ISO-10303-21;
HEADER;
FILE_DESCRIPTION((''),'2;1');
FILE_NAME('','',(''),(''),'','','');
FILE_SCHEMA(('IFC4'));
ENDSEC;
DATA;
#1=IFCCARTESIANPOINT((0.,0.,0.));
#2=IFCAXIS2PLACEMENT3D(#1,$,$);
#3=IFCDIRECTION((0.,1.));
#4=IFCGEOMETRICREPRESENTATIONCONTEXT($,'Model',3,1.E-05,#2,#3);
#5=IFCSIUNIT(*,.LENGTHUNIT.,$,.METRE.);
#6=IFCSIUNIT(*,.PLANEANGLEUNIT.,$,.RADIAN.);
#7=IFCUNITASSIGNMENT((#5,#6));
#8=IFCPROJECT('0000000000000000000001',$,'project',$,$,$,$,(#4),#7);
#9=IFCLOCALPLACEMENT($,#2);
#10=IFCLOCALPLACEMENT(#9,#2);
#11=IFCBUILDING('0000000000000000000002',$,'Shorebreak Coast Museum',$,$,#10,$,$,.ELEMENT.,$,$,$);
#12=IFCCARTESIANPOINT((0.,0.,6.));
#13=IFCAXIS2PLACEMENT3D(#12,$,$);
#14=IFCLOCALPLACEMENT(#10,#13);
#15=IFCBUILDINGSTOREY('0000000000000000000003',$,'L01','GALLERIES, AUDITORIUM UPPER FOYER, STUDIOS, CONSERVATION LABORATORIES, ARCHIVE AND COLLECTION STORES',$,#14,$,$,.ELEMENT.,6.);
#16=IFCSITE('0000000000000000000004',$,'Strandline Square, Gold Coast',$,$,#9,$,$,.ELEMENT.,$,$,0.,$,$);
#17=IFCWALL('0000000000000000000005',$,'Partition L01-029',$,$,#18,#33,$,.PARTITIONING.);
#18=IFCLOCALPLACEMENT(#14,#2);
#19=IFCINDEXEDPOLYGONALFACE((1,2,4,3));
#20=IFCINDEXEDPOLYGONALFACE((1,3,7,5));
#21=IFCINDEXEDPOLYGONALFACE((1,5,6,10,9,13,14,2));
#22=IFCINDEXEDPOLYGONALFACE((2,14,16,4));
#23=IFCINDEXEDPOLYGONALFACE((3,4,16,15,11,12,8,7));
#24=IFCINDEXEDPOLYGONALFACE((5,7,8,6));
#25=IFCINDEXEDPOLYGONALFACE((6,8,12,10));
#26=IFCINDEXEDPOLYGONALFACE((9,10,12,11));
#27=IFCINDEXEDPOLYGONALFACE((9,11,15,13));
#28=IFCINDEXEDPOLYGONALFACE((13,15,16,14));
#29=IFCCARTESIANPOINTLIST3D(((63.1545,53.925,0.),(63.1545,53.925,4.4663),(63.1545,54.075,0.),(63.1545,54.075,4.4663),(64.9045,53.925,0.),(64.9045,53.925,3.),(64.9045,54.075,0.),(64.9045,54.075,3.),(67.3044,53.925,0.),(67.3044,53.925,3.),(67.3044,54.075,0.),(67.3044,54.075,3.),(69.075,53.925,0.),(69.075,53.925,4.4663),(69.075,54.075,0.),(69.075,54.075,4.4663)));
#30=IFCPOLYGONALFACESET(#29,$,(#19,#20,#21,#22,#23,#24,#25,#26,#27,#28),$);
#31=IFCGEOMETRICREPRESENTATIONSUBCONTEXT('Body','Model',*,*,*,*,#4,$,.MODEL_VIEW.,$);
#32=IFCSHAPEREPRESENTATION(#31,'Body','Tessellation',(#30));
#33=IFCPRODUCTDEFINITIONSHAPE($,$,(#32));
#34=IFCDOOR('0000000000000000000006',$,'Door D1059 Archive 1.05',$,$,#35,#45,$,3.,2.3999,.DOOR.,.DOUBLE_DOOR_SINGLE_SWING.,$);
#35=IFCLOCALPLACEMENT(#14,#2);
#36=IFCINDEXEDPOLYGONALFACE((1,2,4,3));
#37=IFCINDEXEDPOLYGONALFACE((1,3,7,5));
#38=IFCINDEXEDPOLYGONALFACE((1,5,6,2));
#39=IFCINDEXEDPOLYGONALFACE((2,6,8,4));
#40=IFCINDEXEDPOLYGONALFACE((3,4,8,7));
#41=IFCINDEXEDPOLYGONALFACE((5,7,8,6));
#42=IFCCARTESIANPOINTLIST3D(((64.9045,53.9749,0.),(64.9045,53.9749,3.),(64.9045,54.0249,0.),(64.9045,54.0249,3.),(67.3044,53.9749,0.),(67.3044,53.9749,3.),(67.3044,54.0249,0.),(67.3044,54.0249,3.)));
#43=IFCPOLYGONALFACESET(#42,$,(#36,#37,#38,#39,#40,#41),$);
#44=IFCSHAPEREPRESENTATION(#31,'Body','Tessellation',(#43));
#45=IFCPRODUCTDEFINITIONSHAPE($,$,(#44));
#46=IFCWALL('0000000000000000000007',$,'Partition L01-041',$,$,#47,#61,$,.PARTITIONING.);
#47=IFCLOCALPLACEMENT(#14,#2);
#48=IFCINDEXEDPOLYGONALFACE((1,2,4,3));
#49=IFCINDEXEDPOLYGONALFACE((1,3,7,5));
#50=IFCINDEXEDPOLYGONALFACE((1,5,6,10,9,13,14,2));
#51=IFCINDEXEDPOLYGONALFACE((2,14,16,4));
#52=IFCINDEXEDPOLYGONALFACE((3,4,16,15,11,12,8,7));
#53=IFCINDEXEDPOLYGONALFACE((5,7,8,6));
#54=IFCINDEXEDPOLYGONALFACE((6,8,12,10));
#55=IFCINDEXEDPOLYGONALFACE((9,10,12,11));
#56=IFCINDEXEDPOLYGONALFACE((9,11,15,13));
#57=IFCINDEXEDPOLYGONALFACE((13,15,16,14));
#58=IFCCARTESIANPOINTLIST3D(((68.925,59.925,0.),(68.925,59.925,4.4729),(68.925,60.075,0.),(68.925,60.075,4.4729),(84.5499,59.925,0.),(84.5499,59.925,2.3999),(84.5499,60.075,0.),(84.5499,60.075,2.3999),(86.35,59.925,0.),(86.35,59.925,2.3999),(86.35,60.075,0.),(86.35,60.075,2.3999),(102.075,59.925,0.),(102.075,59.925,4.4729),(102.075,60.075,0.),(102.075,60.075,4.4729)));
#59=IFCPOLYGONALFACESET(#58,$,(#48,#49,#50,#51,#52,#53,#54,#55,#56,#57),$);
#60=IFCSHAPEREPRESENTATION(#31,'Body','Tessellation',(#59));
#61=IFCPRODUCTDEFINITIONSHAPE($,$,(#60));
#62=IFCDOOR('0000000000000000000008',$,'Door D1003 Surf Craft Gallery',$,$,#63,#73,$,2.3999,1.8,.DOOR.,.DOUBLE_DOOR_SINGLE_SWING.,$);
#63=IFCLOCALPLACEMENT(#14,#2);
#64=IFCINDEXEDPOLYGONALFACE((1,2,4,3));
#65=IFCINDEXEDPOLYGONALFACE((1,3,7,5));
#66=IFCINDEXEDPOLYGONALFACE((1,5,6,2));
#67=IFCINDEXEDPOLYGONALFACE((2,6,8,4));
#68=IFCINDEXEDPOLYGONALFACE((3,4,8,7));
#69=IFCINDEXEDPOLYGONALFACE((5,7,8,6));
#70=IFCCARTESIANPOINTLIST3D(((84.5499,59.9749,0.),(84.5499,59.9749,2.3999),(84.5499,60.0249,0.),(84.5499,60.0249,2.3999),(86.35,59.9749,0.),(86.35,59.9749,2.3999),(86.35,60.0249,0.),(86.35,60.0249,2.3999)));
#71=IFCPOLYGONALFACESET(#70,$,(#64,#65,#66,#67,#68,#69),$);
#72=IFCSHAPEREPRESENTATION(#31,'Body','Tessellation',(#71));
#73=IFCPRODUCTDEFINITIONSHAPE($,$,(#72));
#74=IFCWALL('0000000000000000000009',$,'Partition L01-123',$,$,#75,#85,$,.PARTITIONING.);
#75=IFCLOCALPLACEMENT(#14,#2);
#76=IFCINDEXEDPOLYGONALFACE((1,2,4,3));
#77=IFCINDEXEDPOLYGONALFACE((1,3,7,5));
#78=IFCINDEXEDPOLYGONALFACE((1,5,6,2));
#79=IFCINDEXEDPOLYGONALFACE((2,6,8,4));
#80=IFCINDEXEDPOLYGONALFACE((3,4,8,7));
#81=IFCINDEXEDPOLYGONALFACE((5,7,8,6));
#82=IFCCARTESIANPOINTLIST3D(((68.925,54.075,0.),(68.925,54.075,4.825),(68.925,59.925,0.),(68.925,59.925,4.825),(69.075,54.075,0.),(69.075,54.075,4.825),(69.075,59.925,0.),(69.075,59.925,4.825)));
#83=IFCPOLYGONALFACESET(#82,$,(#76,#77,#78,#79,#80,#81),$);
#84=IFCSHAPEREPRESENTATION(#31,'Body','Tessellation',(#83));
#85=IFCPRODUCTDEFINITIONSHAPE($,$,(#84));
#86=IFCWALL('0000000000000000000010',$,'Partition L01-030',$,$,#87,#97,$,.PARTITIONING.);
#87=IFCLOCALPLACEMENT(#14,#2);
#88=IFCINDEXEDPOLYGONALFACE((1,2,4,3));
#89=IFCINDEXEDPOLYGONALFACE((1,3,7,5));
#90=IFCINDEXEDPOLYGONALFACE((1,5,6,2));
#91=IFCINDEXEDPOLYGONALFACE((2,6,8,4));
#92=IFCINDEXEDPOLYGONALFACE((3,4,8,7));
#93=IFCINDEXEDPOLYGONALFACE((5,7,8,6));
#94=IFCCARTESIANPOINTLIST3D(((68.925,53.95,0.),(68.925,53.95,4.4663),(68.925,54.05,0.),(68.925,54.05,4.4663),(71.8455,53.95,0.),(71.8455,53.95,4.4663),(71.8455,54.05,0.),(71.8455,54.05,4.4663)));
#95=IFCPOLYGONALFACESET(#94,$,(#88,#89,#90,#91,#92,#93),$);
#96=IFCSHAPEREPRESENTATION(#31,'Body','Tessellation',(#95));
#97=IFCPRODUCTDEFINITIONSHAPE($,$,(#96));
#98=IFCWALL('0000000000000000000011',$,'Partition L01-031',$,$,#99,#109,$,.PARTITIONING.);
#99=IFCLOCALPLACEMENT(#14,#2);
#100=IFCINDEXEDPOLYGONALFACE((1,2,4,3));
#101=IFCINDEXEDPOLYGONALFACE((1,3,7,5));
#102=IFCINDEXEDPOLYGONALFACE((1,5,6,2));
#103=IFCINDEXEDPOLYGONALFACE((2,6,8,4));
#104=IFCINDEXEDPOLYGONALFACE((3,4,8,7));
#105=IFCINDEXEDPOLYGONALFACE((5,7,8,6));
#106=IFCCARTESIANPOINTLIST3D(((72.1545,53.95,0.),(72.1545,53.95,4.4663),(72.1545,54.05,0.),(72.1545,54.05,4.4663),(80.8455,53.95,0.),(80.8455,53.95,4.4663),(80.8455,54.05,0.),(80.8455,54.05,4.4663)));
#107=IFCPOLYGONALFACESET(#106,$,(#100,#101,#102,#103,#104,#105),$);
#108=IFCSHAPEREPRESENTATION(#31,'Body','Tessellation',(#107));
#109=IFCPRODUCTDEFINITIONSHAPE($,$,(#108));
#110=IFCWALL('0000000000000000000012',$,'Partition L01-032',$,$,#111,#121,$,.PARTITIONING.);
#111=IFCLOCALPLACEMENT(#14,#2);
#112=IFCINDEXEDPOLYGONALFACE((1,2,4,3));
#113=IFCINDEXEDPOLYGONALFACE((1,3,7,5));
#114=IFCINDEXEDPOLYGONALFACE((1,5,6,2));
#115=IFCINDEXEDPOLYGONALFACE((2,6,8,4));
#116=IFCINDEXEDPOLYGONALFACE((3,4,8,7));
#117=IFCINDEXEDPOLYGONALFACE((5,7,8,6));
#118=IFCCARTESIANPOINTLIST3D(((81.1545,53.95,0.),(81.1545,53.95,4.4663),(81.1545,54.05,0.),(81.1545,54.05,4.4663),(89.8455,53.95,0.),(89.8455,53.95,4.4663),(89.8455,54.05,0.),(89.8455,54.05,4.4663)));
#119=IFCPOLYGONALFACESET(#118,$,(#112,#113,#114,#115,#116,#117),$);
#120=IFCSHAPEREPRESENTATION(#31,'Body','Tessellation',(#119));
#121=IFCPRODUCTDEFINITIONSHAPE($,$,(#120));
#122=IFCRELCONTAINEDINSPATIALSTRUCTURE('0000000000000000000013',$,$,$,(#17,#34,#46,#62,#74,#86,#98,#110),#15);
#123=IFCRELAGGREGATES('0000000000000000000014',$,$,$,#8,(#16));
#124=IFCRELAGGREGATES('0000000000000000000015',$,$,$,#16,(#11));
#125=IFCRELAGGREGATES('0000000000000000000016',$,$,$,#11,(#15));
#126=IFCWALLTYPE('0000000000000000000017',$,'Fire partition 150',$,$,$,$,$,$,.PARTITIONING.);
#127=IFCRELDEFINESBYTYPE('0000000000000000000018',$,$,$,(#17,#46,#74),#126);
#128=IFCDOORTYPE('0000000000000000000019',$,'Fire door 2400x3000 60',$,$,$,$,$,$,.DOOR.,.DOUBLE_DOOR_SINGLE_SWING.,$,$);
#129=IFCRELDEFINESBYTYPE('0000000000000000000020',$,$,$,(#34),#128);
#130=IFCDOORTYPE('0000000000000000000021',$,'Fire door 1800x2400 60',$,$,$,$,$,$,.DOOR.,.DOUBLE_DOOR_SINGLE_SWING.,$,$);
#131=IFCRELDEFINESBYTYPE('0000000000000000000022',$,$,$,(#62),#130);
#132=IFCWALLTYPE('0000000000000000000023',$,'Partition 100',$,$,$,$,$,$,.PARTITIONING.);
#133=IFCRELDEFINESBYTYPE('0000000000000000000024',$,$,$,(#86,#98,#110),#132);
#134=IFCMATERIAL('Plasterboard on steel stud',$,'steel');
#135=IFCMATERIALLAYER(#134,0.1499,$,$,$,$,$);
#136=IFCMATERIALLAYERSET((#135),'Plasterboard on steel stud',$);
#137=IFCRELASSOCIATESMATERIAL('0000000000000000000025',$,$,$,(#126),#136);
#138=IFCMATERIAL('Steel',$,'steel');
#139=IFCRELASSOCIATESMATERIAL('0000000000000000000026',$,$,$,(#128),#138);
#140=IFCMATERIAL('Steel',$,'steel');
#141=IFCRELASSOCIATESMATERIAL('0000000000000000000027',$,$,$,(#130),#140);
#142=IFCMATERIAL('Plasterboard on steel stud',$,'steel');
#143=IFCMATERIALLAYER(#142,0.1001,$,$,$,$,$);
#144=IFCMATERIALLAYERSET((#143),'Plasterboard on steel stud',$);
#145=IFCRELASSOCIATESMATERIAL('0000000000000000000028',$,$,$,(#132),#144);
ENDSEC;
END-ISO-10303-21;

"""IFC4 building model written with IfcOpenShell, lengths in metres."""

from ifc_helpers import new_model, si_unit, direction, frame, frame_2d, origin, place, context, subcontext, project, spatial, rectangle, extrude, material, layer, layer_set, type_object, element, fill, save


model = new_model("IFC4")

# Units and contexts
model_context = context("Model", 3, precision=1e-05, world=origin(), true_north=direction((0.0, 1.0)))
body_context = subcontext(model_context, "Body", "Model", "MODEL_VIEW")
ifc_project = project(units=[si_unit("LENGTHUNIT", "METRE"), si_unit("PLANEANGLEUNIT", "RADIAN")], contexts=[model_context])

# Site, building, storey
site_placement = place(None, origin())
site = spatial("IfcSite", under=ifc_project, at=site_placement, Name="Strandline Square, Gold Coast", CompositionType="ELEMENT", RefElevation=0.0)
building_placement = place(site_placement, origin())
building = spatial("IfcBuilding", under=site, at=building_placement, Name="Shorebreak Coast Museum", CompositionType="ELEMENT")
storey_placement = place(building_placement, frame((0.0, 0.0, 6.0)))
storey = spatial("IfcBuildingStorey", under=building, at=storey_placement, Name="L01", Description="GALLERIES, AUDITORIUM UPPER FOYER, STUDIOS, CONSERVATION LABORATORIES, ARCHIVE AND COLLECTION STORES", CompositionType="ELEMENT", Elevation=6.0)

# Walls, openings, doors
ifc_material_1 = material(Name="Plasterboard on steel stud", Category="steel")
ifc_layer_1 = layer(ifc_material_1, 0.1499)
ifc_layer_set_1 = layer_set([ifc_layer_1], Name="Plasterboard on steel stud")
wall_type_1 = type_object("IfcWallType", Name="Fire partition 150", PredefinedType="PARTITIONING", material=ifc_layer_set_1)
wall_1_placement = place(storey_placement, frame((63.1545, 54.0, 0.0), z_axis=(0.0, 0.0, 1.0), x_axis=(1.0, 0.0, 0.0)))
wall_1 = element("IfcWall", 1, at=wall_1_placement, inside=storey, type_object=wall_type_1, Name="Partition L01-029", PredefinedType="PARTITIONING", context=body_context, shape_type="SweptSolid", body=[
    extrude(rectangle(XDim=5.9204, YDim=0.1499, at=frame_2d((2.9602, 0.0))), origin(), (0.0, 0.0, 1.0), 4.4663),
])
opening_1_placement = place(wall_1_placement, frame((1.75, 0.0, 0.0)))
opening_1 = element("IfcOpeningElement", 2, at=opening_1_placement, cuts=wall_1, PredefinedType="OPENING", context=body_context, shape_type="SweptSolid", body=[
    extrude(rectangle(XDim=2.3999, YDim=3.0, at=frame_2d((1.2, 1.5))), frame((0.0, 0.085, 0.0), z_axis=(0.0, -1.0, 0.0), x_axis=(1.0, 0.0, 0.0)), (0.0, 0.0, 1.0), 0.1699),
])
ifc_material_2 = material(Name="Steel", Category="steel")
door_type_1 = type_object("IfcDoorType", Name="Fire door 2400x3000 60", OperationType="DOUBLE_DOOR_SINGLE_SWING", PredefinedType="DOOR", material=ifc_material_2)
door_1_placement = place(opening_1_placement, origin())
door_1 = element("IfcDoor", 3, at=door_1_placement, inside=storey, type_object=door_type_1, Name="Door D1059 Archive 1.05", OperationType="DOUBLE_DOOR_SINGLE_SWING", OverallHeight=3.0, OverallWidth=2.3999, PredefinedType="DOOR", context=body_context, shape_type="SweptSolid", body=[
    extrude(rectangle(XDim=2.3999, YDim=3.0, at=frame_2d((1.2, 1.5))), frame((0.0, 0.0249, 0.0), z_axis=(0.0, -1.0, 0.0), x_axis=(1.0, 0.0, 0.0)), (0.0, 0.0, 1.0), 0.05),
])
fill(opening_1, door_1)
wall_2_placement = place(storey_placement, frame((68.925, 60.0, 0.0), z_axis=(0.0, 0.0, 1.0), x_axis=(1.0, 0.0, 0.0)))
wall_2 = element("IfcWall", 4, at=wall_2_placement, inside=storey, type_object=wall_type_1, Name="Partition L01-041", PredefinedType="PARTITIONING", context=body_context, shape_type="SweptSolid", body=[
    extrude(rectangle(XDim=33.1499, YDim=0.1499, at=frame_2d((16.575, 0.0))), origin(), (0.0, 0.0, 1.0), 4.4729),
])
opening_2_placement = place(wall_2_placement, frame((15.625, 0.0, 0.0)))
opening_2 = element("IfcOpeningElement", 5, at=opening_2_placement, cuts=wall_2, PredefinedType="OPENING", context=body_context, shape_type="SweptSolid", body=[
    extrude(rectangle(XDim=1.8, YDim=2.3999, at=frame_2d((0.8999, 1.2))), frame((0.0, 0.085, 0.0), z_axis=(0.0, -1.0, 0.0), x_axis=(1.0, 0.0, 0.0)), (0.0, 0.0, 1.0), 0.1699),
])
ifc_material_3 = material(Name="Steel", Category="steel")
door_type_2 = type_object("IfcDoorType", Name="Fire door 1800x2400 60", OperationType="DOUBLE_DOOR_SINGLE_SWING", PredefinedType="DOOR", material=ifc_material_3)
door_2_placement = place(opening_2_placement, origin())
door_2 = element("IfcDoor", 6, at=door_2_placement, inside=storey, type_object=door_type_2, Name="Door D1003 Surf Craft Gallery", OperationType="DOUBLE_DOOR_SINGLE_SWING", OverallHeight=2.3999, OverallWidth=1.8, PredefinedType="DOOR", context=body_context, shape_type="SweptSolid", body=[
    extrude(rectangle(XDim=1.8, YDim=2.3999, at=frame_2d((0.8999, 1.2))), frame((0.0, 0.0249, 0.0), z_axis=(0.0, -1.0, 0.0), x_axis=(1.0, 0.0, 0.0)), (0.0, 0.0, 1.0), 0.05),
])
fill(opening_2, door_2)

# Walls
wall_3_placement = place(storey_placement, frame((69.0, 54.075, 0.0), z_axis=(0.0, 0.0, 1.0), x_axis=(0.0, 1.0, 0.0)))
element("IfcWall", 7, at=wall_3_placement, inside=storey, type_object=wall_type_1, Name="Partition L01-123", PredefinedType="PARTITIONING", context=body_context, shape_type="SweptSolid", body=[
    extrude(rectangle(XDim=5.8501, YDim=0.1499, at=frame_2d((2.925, 0.0))), origin(), (0.0, 0.0, 1.0), 4.825),
])
ifc_material_4 = material(Name="Plasterboard on steel stud", Category="steel")
ifc_layer_2 = layer(ifc_material_4, 0.1001)
ifc_layer_set_2 = layer_set([ifc_layer_2], Name="Plasterboard on steel stud")
wall_type_2 = type_object("IfcWallType", Name="Partition 100", PredefinedType="PARTITIONING", material=ifc_layer_set_2)
wall_4_placement = place(storey_placement, frame((68.925, 54.0, 0.0), z_axis=(0.0, 0.0, 1.0), x_axis=(1.0, 0.0, 0.0)))
element("IfcWall", 8, at=wall_4_placement, inside=storey, type_object=wall_type_2, Name="Partition L01-030", PredefinedType="PARTITIONING", context=body_context, shape_type="SweptSolid", body=[
    extrude(rectangle(XDim=2.9204, YDim=0.1001, at=frame_2d((1.4602, 0.0))), origin(), (0.0, 0.0, 1.0), 4.4663),
])
for number, where, z_axis, x_axis, name in (
    (9, (72.1545, 54.0, 0.0), (0.0, 0.0, 1.0), (1.0, 0.0, 0.0), "Partition L01-031"),
    (10, (81.1545, 54.0, 0.0), (0.0, 0.0, 1.0), (1.0, 0.0, 0.0), "Partition L01-032"),
):
    element("IfcWall", number, at=place(storey_placement, frame(where, z_axis=z_axis, x_axis=x_axis)), inside=storey, type_object=wall_type_2, Name=name, PredefinedType="PARTITIONING", context=body_context, shape_type="SweptSolid", body=[
        extrude(rectangle(XDim=8.6909, YDim=0.1001, at=frame_2d((4.3455, 0.0))), origin(), (0.0, 0.0, 1.0), 4.4663),
    ])

save(model, "model.ifc")
